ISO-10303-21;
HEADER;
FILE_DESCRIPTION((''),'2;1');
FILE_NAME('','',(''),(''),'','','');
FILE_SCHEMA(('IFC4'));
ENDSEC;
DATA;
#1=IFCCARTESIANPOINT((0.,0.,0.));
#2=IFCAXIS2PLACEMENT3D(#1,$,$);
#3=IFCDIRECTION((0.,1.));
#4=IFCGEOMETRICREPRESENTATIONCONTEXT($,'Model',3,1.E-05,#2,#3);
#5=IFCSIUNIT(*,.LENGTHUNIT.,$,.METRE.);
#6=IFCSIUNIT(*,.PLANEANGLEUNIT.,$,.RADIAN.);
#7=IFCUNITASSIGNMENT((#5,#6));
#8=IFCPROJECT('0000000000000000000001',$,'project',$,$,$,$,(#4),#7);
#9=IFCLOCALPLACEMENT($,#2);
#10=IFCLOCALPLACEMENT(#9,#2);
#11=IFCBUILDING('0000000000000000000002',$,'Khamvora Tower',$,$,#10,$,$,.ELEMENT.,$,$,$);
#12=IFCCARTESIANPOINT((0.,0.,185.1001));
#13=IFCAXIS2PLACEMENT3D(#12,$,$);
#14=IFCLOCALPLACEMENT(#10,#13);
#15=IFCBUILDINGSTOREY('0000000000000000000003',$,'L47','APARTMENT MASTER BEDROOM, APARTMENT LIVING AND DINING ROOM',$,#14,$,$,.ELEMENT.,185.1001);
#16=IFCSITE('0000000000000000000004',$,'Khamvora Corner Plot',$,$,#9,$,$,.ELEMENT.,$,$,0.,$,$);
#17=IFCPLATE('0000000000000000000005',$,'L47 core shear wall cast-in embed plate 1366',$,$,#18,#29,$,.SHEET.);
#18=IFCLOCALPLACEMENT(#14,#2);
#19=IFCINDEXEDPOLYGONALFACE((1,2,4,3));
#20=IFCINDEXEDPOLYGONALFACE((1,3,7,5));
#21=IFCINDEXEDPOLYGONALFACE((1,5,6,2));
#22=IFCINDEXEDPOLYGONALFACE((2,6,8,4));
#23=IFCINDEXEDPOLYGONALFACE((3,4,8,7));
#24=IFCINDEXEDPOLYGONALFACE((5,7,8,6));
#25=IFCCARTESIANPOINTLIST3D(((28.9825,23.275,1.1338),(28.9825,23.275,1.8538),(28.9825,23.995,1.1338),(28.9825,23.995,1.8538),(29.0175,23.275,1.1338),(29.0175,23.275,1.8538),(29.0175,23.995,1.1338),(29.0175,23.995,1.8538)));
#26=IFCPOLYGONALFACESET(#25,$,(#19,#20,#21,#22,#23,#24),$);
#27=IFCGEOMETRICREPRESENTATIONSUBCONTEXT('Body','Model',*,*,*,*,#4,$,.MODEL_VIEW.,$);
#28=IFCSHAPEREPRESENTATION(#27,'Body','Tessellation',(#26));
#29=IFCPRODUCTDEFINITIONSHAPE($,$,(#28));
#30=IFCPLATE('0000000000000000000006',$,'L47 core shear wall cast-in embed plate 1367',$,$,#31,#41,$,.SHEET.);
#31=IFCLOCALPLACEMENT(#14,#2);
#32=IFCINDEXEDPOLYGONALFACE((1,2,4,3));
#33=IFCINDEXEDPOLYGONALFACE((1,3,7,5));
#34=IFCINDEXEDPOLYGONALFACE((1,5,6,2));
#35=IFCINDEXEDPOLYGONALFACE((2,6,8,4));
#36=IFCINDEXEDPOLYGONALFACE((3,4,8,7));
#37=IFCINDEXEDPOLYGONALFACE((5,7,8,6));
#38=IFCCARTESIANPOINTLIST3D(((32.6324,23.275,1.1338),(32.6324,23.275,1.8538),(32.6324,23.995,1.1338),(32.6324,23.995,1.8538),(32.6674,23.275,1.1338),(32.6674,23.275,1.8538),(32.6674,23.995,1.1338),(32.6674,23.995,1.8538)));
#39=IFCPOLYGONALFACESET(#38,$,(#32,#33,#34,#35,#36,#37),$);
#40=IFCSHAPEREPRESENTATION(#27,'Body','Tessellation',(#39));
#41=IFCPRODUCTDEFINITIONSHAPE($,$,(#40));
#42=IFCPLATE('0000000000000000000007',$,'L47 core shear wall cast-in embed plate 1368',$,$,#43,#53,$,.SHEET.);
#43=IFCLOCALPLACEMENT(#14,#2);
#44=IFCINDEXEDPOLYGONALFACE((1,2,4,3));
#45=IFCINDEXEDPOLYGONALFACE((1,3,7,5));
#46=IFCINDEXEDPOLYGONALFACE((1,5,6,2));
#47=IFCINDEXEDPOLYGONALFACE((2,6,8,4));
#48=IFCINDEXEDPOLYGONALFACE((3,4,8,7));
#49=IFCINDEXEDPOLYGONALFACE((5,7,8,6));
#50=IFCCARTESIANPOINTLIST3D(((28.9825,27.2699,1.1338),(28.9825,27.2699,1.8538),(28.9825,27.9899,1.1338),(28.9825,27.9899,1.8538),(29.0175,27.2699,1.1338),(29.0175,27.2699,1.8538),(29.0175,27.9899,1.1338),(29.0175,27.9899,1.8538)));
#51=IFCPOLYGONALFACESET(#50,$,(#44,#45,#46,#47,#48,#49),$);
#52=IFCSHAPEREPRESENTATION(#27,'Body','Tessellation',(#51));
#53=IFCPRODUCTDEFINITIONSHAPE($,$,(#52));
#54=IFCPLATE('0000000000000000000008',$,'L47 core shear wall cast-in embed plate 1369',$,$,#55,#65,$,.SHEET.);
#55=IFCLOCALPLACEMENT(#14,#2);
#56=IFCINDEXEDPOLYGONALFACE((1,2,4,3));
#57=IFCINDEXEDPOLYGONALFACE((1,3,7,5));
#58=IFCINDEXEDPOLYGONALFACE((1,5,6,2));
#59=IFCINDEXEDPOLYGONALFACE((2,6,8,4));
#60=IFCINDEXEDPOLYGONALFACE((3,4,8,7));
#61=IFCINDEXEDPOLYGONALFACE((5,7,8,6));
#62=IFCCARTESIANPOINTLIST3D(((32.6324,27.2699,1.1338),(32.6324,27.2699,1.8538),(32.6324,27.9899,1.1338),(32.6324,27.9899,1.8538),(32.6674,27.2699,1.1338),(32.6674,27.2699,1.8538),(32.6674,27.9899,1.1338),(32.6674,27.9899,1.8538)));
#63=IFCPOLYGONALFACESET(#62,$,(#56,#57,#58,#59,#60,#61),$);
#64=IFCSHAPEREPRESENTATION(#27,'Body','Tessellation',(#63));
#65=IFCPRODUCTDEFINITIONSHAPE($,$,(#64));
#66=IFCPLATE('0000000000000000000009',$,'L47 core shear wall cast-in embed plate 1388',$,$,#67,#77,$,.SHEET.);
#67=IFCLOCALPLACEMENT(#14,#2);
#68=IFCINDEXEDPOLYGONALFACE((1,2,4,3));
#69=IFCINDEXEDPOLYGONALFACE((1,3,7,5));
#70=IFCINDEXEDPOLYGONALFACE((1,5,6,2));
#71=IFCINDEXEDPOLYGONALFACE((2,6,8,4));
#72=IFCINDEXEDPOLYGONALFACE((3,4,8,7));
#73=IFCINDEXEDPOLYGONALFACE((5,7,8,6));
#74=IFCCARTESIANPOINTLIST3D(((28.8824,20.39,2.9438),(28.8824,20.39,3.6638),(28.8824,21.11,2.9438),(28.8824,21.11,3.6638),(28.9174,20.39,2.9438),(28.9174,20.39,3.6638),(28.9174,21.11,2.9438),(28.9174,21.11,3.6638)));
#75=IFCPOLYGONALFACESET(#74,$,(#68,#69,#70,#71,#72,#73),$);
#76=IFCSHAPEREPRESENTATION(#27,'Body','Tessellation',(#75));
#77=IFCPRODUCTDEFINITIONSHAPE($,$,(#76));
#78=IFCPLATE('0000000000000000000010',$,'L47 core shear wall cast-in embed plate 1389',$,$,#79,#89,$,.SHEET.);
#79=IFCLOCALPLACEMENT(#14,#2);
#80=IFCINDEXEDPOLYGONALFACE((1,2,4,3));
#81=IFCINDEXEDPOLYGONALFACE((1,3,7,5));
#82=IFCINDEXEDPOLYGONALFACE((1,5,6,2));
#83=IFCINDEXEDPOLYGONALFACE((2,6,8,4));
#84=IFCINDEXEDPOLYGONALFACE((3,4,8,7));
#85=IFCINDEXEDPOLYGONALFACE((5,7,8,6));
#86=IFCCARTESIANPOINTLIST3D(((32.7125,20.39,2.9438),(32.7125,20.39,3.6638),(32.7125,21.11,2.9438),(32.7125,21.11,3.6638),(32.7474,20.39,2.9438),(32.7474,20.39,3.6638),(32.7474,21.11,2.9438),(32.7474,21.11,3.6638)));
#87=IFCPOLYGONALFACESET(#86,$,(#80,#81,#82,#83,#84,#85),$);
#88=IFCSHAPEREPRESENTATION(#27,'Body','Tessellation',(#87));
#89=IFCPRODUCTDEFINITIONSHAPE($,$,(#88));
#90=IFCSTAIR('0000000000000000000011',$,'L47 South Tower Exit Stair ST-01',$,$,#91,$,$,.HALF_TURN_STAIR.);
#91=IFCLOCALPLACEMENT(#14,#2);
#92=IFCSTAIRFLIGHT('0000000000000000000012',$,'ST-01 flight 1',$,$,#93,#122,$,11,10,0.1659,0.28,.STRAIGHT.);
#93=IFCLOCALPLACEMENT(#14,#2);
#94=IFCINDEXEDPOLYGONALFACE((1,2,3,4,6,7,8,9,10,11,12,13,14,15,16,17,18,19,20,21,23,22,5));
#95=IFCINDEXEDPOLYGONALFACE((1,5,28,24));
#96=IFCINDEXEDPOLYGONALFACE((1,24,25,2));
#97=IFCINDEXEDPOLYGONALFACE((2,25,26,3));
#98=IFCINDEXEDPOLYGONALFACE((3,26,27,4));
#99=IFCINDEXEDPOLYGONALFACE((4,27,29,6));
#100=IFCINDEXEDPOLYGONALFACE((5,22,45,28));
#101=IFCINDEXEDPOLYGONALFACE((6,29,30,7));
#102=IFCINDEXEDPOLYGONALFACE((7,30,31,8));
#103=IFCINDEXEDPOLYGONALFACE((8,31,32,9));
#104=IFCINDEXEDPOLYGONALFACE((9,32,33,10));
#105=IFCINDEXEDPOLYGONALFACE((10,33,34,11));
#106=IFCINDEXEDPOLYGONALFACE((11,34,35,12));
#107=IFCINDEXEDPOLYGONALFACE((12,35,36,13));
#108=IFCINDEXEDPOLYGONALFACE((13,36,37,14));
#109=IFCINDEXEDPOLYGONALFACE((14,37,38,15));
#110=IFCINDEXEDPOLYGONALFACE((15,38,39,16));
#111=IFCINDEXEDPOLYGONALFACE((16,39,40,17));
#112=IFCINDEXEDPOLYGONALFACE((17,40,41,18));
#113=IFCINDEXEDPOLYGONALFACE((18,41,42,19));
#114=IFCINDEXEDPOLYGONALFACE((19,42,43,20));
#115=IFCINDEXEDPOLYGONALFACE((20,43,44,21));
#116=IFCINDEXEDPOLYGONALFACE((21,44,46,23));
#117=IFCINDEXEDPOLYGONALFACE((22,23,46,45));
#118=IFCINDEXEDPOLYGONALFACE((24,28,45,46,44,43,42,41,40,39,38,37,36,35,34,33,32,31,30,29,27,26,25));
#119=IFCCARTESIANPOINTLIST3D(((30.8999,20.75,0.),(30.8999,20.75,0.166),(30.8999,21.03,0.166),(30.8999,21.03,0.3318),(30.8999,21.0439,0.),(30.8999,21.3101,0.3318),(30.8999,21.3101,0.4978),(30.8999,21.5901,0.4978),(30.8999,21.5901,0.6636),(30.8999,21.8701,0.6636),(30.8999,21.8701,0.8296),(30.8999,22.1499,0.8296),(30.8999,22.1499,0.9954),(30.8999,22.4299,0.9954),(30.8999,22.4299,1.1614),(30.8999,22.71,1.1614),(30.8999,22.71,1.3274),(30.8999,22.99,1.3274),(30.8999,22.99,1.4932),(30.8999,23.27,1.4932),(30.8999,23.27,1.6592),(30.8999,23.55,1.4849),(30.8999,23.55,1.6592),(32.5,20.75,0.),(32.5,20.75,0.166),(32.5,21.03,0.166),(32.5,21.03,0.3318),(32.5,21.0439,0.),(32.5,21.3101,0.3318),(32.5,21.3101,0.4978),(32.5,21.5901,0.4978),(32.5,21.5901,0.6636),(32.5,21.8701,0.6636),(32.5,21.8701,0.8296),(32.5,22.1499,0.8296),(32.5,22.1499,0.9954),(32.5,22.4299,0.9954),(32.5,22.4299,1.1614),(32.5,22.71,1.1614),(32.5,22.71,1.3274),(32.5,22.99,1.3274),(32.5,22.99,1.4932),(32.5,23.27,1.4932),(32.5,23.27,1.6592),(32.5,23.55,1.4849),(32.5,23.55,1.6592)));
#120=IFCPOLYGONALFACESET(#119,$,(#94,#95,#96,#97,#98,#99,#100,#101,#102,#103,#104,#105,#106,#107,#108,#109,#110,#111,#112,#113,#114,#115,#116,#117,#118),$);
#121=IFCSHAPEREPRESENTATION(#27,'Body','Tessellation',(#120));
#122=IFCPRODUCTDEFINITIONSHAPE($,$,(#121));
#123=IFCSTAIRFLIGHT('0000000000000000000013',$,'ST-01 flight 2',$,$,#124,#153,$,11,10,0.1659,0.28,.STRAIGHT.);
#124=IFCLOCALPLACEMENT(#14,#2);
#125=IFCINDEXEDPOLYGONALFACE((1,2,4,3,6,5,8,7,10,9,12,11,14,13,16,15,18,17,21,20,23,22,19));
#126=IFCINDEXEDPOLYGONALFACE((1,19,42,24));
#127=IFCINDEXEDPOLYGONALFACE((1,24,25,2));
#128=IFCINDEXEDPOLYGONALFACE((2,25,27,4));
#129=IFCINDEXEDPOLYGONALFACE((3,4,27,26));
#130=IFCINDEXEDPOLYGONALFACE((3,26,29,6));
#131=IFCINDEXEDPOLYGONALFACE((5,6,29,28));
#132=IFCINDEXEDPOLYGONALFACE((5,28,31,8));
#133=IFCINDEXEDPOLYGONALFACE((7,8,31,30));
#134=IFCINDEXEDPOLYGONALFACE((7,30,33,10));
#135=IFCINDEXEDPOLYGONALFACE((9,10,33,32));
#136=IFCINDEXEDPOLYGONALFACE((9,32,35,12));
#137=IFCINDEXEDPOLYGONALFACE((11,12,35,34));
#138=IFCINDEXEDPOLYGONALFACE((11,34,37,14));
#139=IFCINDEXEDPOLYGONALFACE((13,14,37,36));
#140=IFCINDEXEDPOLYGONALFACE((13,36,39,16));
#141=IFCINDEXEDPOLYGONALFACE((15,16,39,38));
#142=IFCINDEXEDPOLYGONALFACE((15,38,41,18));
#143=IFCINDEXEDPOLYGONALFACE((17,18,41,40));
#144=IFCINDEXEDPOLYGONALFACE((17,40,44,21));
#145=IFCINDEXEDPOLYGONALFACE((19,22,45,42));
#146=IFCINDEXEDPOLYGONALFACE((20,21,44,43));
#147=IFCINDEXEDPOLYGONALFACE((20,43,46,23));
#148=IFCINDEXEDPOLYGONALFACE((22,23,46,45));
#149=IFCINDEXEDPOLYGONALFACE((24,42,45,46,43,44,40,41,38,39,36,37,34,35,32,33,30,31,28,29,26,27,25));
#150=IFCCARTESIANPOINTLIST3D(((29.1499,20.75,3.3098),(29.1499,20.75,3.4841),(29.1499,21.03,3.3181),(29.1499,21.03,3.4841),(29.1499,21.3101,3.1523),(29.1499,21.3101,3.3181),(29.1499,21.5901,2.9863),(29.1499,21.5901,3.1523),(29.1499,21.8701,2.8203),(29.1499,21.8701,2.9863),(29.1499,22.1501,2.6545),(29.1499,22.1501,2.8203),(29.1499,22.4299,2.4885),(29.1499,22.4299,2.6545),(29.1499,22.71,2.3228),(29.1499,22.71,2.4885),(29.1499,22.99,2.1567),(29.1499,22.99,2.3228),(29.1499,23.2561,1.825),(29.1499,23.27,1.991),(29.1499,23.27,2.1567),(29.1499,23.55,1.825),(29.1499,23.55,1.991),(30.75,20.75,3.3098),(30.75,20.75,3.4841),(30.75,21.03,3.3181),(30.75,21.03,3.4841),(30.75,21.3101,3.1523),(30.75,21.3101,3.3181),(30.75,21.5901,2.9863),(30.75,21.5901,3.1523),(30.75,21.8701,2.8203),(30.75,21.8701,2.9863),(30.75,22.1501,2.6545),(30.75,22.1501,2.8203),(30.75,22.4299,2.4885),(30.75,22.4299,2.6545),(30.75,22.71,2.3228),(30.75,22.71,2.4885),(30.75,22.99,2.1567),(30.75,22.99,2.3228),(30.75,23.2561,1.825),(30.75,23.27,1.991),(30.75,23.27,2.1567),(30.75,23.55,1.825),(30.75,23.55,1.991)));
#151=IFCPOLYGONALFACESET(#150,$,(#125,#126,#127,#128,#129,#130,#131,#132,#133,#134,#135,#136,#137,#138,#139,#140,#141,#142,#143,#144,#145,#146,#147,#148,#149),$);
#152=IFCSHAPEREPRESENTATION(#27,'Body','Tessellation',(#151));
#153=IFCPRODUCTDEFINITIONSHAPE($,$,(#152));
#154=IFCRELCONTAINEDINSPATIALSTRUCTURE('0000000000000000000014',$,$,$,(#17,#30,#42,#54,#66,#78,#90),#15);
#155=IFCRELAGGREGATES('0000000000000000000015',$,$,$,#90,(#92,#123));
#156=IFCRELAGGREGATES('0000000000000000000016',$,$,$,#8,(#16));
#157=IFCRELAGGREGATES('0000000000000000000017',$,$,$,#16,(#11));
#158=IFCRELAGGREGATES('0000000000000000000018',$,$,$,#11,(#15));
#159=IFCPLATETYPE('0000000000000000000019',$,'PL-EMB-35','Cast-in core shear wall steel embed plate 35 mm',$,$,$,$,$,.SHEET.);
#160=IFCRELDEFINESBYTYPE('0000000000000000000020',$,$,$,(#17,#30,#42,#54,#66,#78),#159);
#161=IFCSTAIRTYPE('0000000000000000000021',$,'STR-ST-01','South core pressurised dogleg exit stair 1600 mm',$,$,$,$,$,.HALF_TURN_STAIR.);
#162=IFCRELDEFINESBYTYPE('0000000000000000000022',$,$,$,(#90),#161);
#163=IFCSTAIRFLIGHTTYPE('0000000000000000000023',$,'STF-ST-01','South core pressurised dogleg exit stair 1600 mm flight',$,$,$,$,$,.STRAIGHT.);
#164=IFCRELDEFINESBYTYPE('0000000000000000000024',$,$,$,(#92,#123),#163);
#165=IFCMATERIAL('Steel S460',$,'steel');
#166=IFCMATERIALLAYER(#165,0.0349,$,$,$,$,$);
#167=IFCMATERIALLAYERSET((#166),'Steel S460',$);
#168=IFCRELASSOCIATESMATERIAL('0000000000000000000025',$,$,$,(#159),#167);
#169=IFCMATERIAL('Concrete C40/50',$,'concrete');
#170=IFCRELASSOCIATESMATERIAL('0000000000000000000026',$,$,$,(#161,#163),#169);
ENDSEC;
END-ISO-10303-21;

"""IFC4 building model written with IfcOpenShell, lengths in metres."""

from ifc_helpers import new_model, si_unit, direction, frame, origin, origin_2d, place, context, subcontext, project, spatial, polyline, rectangle, outline, extrude, material, layer, layer_set, type_object, element, aggregate, save


model = new_model("IFC4")

# Units and contexts
model_context = context("Model", 3, precision=1e-05, world=origin(), true_north=direction((0.0, 1.0)))
body_context = subcontext(model_context, "Body", "Model", "MODEL_VIEW")
ifc_project = project(units=[si_unit("LENGTHUNIT", "METRE"), si_unit("PLANEANGLEUNIT", "RADIAN")], contexts=[model_context])

# Site, building, storey
site_placement = place(None, origin())
site = spatial("IfcSite", under=ifc_project, at=site_placement, Name="Khamvora Corner Plot", CompositionType="ELEMENT", RefElevation=0.0)
building_placement = place(site_placement, origin())
building = spatial("IfcBuilding", under=site, at=building_placement, Name="Khamvora Tower", CompositionType="ELEMENT")
storey_placement = place(building_placement, frame((0.0, 0.0, 185.1001)))
storey = spatial("IfcBuildingStorey", under=building, at=storey_placement, Name="L47", Description="APARTMENT MASTER BEDROOM, APARTMENT LIVING AND DINING ROOM", CompositionType="ELEMENT", Elevation=185.1001)

# Plates
ifc_material_1 = material(Name="Steel S460", Category="steel")
ifc_layer_1 = layer(ifc_material_1, 0.0349)
ifc_layer_set_1 = layer_set([ifc_layer_1], Name="Steel S460")
plate_type = type_object("IfcPlateType", Name="PL-EMB-35", Description="Cast-in core shear wall steel embed plate 35 mm", PredefinedType="SHEET", material=ifc_layer_set_1)
for number, where, z_axis, x_axis, name in (
    (1, (29.0, 23.635, 1.1338), (0.0, 0.0, 1.0), (1.0, 0.0, 0.0), "L47 core shear wall cast-in embed plate 1366"),
    (2, (32.6499, 23.635, 1.1338), (0.0, 0.0, 1.0), (1.0, 0.0, 0.0), "L47 core shear wall cast-in embed plate 1367"),
    (3, (29.0, 27.6299, 1.1338), (0.0, 0.0, 1.0), (1.0, 0.0, 0.0), "L47 core shear wall cast-in embed plate 1368"),
    (4, (32.6499, 27.6299, 1.1338), (0.0, 0.0, 1.0), (1.0, 0.0, 0.0), "L47 core shear wall cast-in embed plate 1369"),
    (5, (28.8999, 20.75, 2.9438), (0.0, 0.0, 1.0), (1.0, 0.0, 0.0), "L47 core shear wall cast-in embed plate 1388"),
    (6, (32.73, 20.75, 2.9438), (0.0, 0.0, 1.0), (1.0, 0.0, 0.0), "L47 core shear wall cast-in embed plate 1389"),
):
    element("IfcPlate", number, at=place(storey_placement, frame(where, z_axis=z_axis, x_axis=x_axis)), inside=storey, type_object=plate_type, Name=name, PredefinedType="SHEET", context=body_context, shape_type="SweptSolid", body=[
        extrude(rectangle(XDim=0.0349, YDim=0.72, at=origin_2d()), origin(), (0.0, 0.0, 1.0), 0.72),
    ])

# Stair, stair flights
ifc_material_2 = material(Name="Concrete C40/50", Category="concrete")
stair_type = type_object("IfcStairType", Name="STR-ST-01", Description="South core pressurised dogleg exit stair 1600 mm", PredefinedType="HALF_TURN_STAIR", material=ifc_material_2)
stair_placement = place(storey_placement, origin())
stair = element("IfcStair", 7, at=stair_placement, inside=storey, type_object=stair_type, Name="L47 South Tower Exit Stair ST-01", PredefinedType="HALF_TURN_STAIR")
stair_flight_type = type_object("IfcStairFlightType", Name="STF-ST-01", Description="South core pressurised dogleg exit stair 1600 mm flight", PredefinedType="STRAIGHT", material=ifc_material_2)
stair_flight_1_placement = place(storey_placement, frame((31.7, 20.75, 0.0), z_axis=(0.0, 0.0, 1.0), x_axis=(0.0, 1.0, 0.0)))
stair_flight_1 = element("IfcStairFlight", 8, at=stair_flight_1_placement, type_object=stair_flight_type, Name="ST-01 flight 1", NumberOfRisers=11, NumberOfTreads=10, PredefinedType="STRAIGHT", RiserHeight=0.1659, TreadLength=0.28, context=body_context, shape_type="SweptSolid", body=[
    extrude(outline(polyline([(0.0, 0.0), (0.0, 0.166), (0.28, 0.166), (0.28, 0.3318), (0.5601, 0.3318), (0.5601, 0.4978), (0.8401, 0.4978), (0.8401, 0.6636), (1.1201, 0.6636), (1.1201, 0.8296), (1.3999, 0.8296), (1.3999, 0.9954), (1.6799, 0.9954), (1.6799, 1.1614), (1.96, 1.1614), (1.96, 1.3274), (2.24, 1.3274), (2.24, 1.4932), (2.52, 1.4932), (2.52, 1.6592), (2.8, 1.6592), (2.8, 1.825), (2.8, 1.4849), (0.2939, 0.0), (0.0, 0.0)])), frame((0.0, 0.8, 0.0), z_axis=(0.0, -1.0, 0.0), x_axis=(1.0, 0.0, 0.0)), (0.0, 0.0, 1.0), 1.6001),
])
stair_flight_2_placement = place(storey_placement, frame((29.95, 23.55, 1.825), z_axis=(0.0, 0.0, 1.0), x_axis=(0.0, -1.0, 0.0)))
stair_flight_2 = element("IfcStairFlight", 9, at=stair_flight_2_placement, type_object=stair_flight_type, Name="ST-01 flight 2", NumberOfRisers=11, NumberOfTreads=10, PredefinedType="STRAIGHT", RiserHeight=0.1659, TreadLength=0.28, context=body_context, shape_type="SweptSolid", body=[
    extrude(outline(polyline([(0.0, 0.0), (0.0, 0.166), (0.28, 0.166), (0.28, 0.3318), (0.5601, 0.3318), (0.5601, 0.4978), (0.8401, 0.4978), (0.8401, 0.6636), (1.1201, 0.6636), (1.1201, 0.8296), (1.3999, 0.8296), (1.3999, 0.9954), (1.6799, 0.9954), (1.6799, 1.1614), (1.96, 1.1614), (1.96, 1.3274), (2.24, 1.3274), (2.24, 1.4932), (2.52, 1.4932), (2.52, 1.6592), (2.8, 1.6592), (2.8, 1.825), (2.8, 1.4849), (0.2939, 0.0), (0.0, 0.0)])), frame((0.0, 0.8, 0.0), z_axis=(0.0, -1.0, 0.0), x_axis=(1.0, 0.0, 0.0)), (0.0, 0.0, 1.0), 1.6001),
])
aggregate(stair, [stair_flight_1, stair_flight_2])

save(model, "model.ifc")
